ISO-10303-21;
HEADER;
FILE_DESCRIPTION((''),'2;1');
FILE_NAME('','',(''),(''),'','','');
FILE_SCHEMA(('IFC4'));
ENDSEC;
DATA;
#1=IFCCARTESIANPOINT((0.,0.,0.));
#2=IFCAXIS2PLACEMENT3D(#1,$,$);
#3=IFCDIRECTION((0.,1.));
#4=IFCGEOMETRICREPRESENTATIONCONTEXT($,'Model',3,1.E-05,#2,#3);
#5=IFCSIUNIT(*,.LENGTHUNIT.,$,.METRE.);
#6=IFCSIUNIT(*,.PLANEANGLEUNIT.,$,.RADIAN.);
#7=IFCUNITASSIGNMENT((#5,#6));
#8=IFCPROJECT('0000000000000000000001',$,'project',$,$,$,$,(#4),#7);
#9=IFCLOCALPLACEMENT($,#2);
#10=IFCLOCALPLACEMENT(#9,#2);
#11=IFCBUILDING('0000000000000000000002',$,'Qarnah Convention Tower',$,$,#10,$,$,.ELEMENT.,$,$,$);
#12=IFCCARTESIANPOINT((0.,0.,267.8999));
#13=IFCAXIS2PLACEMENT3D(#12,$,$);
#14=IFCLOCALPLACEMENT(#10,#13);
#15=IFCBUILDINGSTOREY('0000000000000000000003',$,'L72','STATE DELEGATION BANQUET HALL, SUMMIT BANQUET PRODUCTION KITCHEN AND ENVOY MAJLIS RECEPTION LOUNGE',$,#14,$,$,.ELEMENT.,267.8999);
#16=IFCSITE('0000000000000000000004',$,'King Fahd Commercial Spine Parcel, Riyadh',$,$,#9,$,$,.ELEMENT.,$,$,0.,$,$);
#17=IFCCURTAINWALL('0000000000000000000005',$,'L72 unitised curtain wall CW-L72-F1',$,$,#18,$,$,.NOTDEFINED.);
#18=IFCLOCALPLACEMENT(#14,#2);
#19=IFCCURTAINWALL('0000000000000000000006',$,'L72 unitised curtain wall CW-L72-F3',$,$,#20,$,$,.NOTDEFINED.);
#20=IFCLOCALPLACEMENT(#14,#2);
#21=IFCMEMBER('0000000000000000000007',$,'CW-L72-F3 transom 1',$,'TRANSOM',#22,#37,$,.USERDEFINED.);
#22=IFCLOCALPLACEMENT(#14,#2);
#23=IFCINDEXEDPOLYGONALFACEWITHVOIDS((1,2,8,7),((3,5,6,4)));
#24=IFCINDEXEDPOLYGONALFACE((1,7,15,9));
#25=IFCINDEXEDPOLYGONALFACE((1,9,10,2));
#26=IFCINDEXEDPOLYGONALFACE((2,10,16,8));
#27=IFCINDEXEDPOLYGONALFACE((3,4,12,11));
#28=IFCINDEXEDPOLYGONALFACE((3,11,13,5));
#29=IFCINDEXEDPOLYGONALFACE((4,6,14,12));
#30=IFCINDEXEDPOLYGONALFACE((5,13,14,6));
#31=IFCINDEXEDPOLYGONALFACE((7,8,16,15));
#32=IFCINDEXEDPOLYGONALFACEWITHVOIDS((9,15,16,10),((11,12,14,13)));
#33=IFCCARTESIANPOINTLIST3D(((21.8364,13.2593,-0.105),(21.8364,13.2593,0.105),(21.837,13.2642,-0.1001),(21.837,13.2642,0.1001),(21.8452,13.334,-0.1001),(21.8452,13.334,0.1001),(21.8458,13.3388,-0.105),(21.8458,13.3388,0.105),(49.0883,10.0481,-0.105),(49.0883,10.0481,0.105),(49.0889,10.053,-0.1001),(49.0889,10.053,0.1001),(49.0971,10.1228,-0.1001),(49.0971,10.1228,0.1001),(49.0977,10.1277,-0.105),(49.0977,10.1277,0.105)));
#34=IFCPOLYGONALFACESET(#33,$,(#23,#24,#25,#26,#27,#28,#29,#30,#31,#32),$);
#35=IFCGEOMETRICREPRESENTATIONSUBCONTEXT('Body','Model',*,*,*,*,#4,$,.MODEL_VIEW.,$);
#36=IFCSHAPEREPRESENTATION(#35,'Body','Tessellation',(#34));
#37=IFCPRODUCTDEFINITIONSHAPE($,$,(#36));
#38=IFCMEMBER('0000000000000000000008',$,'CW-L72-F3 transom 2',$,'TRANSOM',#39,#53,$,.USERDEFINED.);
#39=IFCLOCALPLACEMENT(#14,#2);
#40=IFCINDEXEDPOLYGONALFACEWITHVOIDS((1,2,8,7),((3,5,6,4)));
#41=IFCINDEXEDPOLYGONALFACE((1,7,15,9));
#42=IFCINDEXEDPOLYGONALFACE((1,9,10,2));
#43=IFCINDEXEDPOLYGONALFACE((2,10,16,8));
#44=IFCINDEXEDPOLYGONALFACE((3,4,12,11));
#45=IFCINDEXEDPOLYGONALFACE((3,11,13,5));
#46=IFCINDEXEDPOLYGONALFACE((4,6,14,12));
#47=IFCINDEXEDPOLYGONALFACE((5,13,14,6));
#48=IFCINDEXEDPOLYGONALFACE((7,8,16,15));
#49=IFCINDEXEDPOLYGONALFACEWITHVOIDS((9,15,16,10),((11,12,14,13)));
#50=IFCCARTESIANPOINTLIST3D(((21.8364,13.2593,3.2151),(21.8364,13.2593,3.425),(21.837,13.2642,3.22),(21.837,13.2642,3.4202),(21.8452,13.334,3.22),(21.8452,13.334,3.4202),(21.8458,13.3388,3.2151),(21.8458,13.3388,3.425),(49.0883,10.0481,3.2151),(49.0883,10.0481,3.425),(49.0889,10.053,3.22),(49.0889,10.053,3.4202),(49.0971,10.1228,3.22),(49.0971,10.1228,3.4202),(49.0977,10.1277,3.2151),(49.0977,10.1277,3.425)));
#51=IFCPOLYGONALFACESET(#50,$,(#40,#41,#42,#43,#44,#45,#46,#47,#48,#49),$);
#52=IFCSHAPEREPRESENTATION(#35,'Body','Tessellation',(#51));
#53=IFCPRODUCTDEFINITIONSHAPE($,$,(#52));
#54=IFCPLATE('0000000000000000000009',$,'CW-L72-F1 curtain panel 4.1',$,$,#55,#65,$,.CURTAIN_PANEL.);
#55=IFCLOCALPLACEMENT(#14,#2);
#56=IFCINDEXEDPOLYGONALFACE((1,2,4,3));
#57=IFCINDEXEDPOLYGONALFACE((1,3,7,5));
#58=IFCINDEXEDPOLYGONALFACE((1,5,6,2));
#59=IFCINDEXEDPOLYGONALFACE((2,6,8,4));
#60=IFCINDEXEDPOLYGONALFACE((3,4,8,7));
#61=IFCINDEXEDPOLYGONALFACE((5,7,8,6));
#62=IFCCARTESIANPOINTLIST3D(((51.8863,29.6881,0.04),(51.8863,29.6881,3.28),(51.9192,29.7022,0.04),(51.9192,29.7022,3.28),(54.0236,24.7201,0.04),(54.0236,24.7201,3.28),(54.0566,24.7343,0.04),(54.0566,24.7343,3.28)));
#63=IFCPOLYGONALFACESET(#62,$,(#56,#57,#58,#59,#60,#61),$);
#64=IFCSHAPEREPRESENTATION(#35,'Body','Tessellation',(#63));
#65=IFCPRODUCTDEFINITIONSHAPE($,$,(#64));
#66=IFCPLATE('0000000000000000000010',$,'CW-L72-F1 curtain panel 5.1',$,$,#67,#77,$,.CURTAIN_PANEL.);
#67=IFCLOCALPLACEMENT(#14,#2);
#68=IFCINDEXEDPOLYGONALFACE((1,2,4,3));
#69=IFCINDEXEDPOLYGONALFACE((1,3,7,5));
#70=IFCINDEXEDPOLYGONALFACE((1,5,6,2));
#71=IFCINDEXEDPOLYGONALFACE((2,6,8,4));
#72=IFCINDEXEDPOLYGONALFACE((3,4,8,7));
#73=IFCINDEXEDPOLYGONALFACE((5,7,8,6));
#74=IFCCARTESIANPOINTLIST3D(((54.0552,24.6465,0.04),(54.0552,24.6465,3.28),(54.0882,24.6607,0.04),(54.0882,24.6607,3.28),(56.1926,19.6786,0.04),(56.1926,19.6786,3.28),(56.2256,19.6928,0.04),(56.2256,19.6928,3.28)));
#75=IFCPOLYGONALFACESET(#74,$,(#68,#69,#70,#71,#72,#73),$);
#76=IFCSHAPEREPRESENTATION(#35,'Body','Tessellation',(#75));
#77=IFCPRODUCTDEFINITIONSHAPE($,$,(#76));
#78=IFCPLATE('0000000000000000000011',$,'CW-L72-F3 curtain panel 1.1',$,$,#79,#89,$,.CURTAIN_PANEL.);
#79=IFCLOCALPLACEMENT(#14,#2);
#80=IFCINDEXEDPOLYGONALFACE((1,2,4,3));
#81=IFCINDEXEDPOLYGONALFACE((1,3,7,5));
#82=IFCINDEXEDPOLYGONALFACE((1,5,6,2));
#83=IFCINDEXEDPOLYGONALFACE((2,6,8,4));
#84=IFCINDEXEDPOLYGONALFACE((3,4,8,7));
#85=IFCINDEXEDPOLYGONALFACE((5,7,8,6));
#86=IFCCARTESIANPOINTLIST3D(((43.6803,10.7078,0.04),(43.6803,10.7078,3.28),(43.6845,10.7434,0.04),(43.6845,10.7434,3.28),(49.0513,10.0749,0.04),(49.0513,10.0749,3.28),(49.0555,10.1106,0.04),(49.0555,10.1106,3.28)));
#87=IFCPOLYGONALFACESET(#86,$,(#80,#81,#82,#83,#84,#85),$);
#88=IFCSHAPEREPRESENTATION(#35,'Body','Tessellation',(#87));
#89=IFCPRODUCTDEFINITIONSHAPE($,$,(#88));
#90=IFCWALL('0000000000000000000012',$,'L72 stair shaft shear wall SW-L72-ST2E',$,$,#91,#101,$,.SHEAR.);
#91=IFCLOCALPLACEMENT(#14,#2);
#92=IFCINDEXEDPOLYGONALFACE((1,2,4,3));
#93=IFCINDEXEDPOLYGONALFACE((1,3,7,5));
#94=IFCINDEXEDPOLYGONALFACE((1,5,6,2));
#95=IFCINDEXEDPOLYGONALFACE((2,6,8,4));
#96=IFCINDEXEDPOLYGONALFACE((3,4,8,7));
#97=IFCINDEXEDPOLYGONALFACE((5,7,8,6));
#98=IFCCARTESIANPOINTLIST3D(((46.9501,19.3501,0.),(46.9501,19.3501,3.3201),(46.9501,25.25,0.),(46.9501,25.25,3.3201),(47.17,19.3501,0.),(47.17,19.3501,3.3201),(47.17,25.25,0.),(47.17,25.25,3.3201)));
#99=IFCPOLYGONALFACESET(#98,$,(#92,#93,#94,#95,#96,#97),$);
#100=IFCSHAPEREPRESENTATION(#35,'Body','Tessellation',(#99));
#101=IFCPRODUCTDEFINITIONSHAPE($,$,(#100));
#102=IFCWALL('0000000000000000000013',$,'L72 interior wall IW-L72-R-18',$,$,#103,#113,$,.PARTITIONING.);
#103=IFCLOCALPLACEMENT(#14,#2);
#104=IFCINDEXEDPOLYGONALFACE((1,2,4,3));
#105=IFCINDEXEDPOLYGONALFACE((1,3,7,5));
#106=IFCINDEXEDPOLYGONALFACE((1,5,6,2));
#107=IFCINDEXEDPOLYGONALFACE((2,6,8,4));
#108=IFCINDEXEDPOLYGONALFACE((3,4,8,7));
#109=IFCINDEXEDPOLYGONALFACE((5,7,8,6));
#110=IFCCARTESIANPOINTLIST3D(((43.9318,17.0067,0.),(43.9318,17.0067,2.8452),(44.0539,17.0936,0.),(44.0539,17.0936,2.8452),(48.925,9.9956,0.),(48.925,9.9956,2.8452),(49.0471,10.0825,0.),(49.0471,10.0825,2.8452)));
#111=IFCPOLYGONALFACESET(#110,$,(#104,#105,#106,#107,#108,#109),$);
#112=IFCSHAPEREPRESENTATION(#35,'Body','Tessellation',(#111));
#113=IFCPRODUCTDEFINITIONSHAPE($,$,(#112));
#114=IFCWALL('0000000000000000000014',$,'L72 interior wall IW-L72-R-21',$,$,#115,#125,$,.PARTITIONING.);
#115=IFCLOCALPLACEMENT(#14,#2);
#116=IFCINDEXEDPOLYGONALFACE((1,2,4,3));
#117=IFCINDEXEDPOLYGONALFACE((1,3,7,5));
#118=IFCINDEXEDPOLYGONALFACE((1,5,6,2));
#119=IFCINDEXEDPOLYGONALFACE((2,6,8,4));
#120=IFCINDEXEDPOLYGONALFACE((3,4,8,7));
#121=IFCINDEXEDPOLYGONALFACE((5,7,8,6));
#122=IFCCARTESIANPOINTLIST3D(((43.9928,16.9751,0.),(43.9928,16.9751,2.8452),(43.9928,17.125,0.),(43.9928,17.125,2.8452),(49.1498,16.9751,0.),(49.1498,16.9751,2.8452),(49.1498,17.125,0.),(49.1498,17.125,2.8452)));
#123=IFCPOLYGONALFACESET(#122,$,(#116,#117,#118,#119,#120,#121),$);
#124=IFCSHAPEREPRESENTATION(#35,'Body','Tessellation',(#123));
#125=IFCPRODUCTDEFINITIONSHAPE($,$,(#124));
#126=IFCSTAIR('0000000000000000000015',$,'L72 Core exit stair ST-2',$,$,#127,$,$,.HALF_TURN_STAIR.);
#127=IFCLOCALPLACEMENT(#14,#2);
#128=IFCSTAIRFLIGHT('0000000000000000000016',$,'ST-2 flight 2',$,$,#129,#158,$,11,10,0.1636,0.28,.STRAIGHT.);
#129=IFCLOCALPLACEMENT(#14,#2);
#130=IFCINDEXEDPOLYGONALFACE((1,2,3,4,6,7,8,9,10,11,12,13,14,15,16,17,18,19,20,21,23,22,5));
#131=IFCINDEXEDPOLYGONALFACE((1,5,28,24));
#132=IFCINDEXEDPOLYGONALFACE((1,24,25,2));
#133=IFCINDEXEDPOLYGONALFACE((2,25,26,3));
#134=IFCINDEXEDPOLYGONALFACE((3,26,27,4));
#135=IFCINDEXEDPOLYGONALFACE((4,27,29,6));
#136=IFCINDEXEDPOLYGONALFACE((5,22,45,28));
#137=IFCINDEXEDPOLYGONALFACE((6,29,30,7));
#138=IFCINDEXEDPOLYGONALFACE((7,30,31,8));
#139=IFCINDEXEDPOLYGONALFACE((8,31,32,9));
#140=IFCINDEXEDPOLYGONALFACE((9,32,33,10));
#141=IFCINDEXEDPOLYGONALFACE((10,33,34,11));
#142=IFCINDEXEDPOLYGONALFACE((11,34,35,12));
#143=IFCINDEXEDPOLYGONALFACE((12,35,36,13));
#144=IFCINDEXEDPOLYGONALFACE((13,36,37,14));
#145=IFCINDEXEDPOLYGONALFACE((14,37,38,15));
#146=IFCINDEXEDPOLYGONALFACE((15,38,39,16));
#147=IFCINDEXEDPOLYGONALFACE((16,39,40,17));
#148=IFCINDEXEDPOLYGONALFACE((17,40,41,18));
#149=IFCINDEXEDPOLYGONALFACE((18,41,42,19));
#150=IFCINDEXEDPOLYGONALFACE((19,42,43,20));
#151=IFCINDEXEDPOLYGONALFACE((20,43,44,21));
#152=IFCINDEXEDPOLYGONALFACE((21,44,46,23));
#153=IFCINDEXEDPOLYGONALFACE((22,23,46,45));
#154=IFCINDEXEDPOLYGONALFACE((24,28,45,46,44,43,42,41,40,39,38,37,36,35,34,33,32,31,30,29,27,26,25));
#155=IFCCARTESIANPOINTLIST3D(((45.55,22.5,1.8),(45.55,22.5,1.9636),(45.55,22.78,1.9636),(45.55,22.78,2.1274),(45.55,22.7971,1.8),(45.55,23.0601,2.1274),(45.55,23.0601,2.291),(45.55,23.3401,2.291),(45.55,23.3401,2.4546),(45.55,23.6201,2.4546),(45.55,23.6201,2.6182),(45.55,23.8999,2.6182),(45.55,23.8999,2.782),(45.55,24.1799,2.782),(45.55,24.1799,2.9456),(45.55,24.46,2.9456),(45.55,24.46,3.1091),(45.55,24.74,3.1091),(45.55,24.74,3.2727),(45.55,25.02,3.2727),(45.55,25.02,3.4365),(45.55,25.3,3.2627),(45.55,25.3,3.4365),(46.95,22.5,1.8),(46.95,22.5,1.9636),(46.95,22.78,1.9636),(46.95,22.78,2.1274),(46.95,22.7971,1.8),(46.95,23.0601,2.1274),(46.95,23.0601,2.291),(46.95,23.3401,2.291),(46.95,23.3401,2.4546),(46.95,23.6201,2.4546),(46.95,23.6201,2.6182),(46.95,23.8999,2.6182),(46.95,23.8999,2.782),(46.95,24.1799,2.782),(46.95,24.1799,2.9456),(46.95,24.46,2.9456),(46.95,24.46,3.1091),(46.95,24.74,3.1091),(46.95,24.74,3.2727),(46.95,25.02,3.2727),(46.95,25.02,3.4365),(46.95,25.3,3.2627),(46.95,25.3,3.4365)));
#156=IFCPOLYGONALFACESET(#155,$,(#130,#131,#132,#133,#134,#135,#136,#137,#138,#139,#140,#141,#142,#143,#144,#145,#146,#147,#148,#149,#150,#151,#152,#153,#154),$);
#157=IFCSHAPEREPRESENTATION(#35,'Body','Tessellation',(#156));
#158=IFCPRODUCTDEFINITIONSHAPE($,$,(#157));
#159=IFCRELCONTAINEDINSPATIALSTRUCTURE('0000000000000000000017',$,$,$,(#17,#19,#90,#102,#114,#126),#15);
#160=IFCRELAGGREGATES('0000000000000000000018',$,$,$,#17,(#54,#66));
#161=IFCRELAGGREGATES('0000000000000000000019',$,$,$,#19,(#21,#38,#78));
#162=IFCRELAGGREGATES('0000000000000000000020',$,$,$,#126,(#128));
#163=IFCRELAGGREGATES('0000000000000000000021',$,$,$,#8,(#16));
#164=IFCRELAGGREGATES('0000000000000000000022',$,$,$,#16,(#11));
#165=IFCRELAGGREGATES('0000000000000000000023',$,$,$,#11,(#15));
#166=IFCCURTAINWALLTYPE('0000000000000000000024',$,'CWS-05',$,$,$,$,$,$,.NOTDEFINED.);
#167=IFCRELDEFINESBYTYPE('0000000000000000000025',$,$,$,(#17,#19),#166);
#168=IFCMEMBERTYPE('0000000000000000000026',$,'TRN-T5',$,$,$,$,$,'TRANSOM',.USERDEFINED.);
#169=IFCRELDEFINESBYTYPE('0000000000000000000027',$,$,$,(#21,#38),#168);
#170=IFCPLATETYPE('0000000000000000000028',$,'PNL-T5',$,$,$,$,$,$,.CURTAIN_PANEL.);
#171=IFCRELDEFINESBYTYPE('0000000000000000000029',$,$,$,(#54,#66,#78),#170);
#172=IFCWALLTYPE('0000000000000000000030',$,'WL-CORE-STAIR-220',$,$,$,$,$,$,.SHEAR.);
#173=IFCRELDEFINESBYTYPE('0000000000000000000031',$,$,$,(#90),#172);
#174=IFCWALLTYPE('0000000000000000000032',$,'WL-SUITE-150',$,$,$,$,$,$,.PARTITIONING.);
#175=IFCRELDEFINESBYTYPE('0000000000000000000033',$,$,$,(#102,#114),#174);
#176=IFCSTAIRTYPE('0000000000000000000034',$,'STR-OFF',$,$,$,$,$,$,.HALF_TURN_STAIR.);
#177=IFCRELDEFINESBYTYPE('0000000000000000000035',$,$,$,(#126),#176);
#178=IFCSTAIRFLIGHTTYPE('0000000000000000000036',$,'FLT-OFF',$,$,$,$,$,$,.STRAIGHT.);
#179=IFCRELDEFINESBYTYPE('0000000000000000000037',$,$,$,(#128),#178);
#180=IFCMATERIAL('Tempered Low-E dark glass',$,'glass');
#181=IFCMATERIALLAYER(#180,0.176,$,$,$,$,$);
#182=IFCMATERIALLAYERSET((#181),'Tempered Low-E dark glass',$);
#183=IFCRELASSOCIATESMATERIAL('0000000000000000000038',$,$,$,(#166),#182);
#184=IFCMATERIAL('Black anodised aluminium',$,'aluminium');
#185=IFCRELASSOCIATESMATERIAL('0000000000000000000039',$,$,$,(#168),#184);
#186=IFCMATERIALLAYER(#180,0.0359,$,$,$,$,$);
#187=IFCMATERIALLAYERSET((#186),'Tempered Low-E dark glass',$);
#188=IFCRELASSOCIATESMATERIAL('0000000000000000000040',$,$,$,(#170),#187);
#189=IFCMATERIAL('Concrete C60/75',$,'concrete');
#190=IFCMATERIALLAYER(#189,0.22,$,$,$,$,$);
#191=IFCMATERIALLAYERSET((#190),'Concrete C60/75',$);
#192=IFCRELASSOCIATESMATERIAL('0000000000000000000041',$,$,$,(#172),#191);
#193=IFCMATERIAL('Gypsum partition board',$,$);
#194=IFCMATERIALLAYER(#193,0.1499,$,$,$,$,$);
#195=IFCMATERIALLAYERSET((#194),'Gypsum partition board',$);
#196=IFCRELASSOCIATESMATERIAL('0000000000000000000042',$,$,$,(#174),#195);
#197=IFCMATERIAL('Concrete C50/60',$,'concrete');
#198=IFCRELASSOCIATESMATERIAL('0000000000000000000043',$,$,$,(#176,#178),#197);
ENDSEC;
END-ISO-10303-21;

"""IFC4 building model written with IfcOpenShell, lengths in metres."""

from ifc_helpers import new_model, si_unit, direction, frame, frame_2d, origin, origin_2d, place, context, subcontext, project, spatial, polyline, rectangle, hollow_rectangle, outline, extrude, material, layer, layer_set, material_profile, profile_set, type_object, element, aggregate, save


model = new_model("IFC4")

# Units and contexts
model_context = context("Model", 3, precision=1e-05, world=origin(), true_north=direction((0.0, 1.0)))
body_context = subcontext(model_context, "Body", "Model", "MODEL_VIEW")
ifc_project = project(units=[si_unit("LENGTHUNIT", "METRE"), si_unit("PLANEANGLEUNIT", "RADIAN")], contexts=[model_context])

# Site, building, storey
site_placement = place(None, origin())
site = spatial("IfcSite", under=ifc_project, at=site_placement, Name="King Fahd Commercial Spine Parcel, Riyadh", CompositionType="ELEMENT", RefElevation=0.0)
building_placement = place(site_placement, origin())
building = spatial("IfcBuilding", under=site, at=building_placement, Name="Qarnah Convention Tower", CompositionType="ELEMENT")
storey_placement = place(building_placement, frame((0.0, 0.0, 267.8999)))
storey = spatial("IfcBuildingStorey", under=building, at=storey_placement, Name="L72", Description="STATE DELEGATION BANQUET HALL, SUMMIT BANQUET PRODUCTION KITCHEN AND ENVOY MAJLIS RECEPTION LOUNGE", CompositionType="ELEMENT", Elevation=267.8999)

# Shared definitions
ifc_material_1 = material(Name="Concrete C50/60", Category="concrete")

# Curtain walls, members
ifc_material_2 = material(Name="Tempered Low-E dark glass", Category="glass")
ifc_layer_1 = layer(ifc_material_2, 0.176)
ifc_layer_set_1 = layer_set([ifc_layer_1], Name="Tempered Low-E dark glass")
curtain_wall_type = type_object("IfcCurtainWallType", Name="CWS-05", PredefinedType="NOTDEFINED", material=ifc_layer_set_1)
curtain_wall_1_placement = place(storey_placement, origin())
curtain_wall_1 = element("IfcCurtainWall", 1, at=curtain_wall_1_placement, inside=storey, type_object=curtain_wall_type, Name="L72 unitised curtain wall CW-L72-F1", PredefinedType="NOTDEFINED")
ifc_material_3 = material(Name="Black anodised aluminium", Category="aluminium")
curtain_wall_2_placement = place(storey_placement, origin())
curtain_wall_2 = element("IfcCurtainWall", 2, at=curtain_wall_2_placement, inside=storey, type_object=curtain_wall_type, Name="L72 unitised curtain wall CW-L72-F3", PredefinedType="NOTDEFINED")
ifc_material_profile_1 = material_profile(ifc_material_3, hollow_rectangle(XDim=0.0801, YDim=0.21, WallThickness=0.0049, at=origin_2d()), Name="TRN-80X210")
ifc_profile_set_1 = profile_set([ifc_material_profile_1], Name="Black anodised aluminium")
member_type_1 = type_object("IfcMemberType", Name="TRN-T5", ElementType="TRANSOM", PredefinedType="USERDEFINED", material=ifc_profile_set_1)
member_1_placement = place(storey_placement, frame((49.093, 10.0879, 0.0), z_axis=(-0.993129, 0.117023, 0.0), x_axis=(-0.117023, -0.993129, 0.0)))
member_1 = element("IfcMember", 3, at=member_1_placement, type_object=member_type_1, Name="CW-L72-F3 transom 1", ObjectType="TRANSOM", PredefinedType="USERDEFINED", context=body_context, shape_type="SweptSolid", body=[
    extrude(hollow_rectangle(XDim=0.0801, YDim=0.21, WallThickness=0.0049, at=origin_2d()), origin(), (0.0, 0.0, 1.0), 27.4404),
])
member_2_placement = place(storey_placement, frame((49.093, 10.0879, 3.3201), z_axis=(-0.993129, 0.117023, 0.0), x_axis=(-0.117023, -0.993129, 0.0)))
member_2 = element("IfcMember", 4, at=member_2_placement, type_object=member_type_1, Name="CW-L72-F3 transom 2", ObjectType="TRANSOM", PredefinedType="USERDEFINED", context=body_context, shape_type="SweptSolid", body=[
    extrude(hollow_rectangle(XDim=0.0801, YDim=0.21, WallThickness=0.0049, at=origin_2d()), origin(), (0.0, 0.0, 1.0), 27.4404),
])

# Plates
ifc_layer_2 = layer(ifc_material_2, 0.0359)
ifc_layer_set_2 = layer_set([ifc_layer_2], Name="Tempered Low-E dark glass")
plate_type = type_object("IfcPlateType", Name="PNL-T5", PredefinedType="CURTAIN_PANEL", material=ifc_layer_set_2)
plate_1_placement = place(storey_placement, frame((52.9714, 27.2112, 0.04), z_axis=(0.0, 0.0, 1.0), x_axis=(0.395212, -0.91859, 0.0)))
plate_1 = element("IfcPlate", 5, at=plate_1_placement, type_object=plate_type, Name="CW-L72-F1 curtain panel 4.1", PredefinedType="CURTAIN_PANEL", context=body_context, shape_type="SweptSolid", body=[
    extrude(rectangle(XDim=5.4082, YDim=0.0359, at=origin_2d()), origin(), (0.0, 0.0, 1.0), 3.24),
])
plate_2_placement = place(storey_placement, frame((55.1404, 22.1697, 0.04), z_axis=(0.0, 0.0, 1.0), x_axis=(0.395212, -0.91859, 0.0)))
plate_2 = element("IfcPlate", 6, at=plate_2_placement, type_object=plate_type, Name="CW-L72-F1 curtain panel 5.1", PredefinedType="CURTAIN_PANEL", context=body_context, shape_type="SweptSolid", body=[
    extrude(rectangle(XDim=5.4082, YDim=0.0359, at=origin_2d()), origin(), (0.0, 0.0, 1.0), 3.24),
])
aggregate(curtain_wall_1, [plate_1, plate_2])
plate_3_placement = place(storey_placement, frame((46.3679, 10.4092, 0.04), z_axis=(0.0, 0.0, 1.0), x_axis=(-0.99313, 0.117017, 0.0)))
plate_3 = element("IfcPlate", 7, at=plate_3_placement, type_object=plate_type, Name="CW-L72-F3 curtain panel 1.1", PredefinedType="CURTAIN_PANEL", context=body_context, shape_type="SweptSolid", body=[
    extrude(rectangle(XDim=5.4082, YDim=0.0359, at=origin_2d()), origin(), (0.0, 0.0, 1.0), 3.24),
])
aggregate(curtain_wall_2, [member_1, member_2, plate_3])

# Shared definitions
ifc_material_4 = material(Name="Concrete C60/75", Category="concrete")

# Wall
ifc_layer_3 = layer(ifc_material_4, 0.22)
ifc_layer_set_3 = layer_set([ifc_layer_3], Name="Concrete C60/75")
wall_type_1 = type_object("IfcWallType", Name="WL-CORE-STAIR-220", PredefinedType="SHEAR", material=ifc_layer_set_3)
wall_1_placement = place(storey_placement, frame((47.0601, 19.3501, 0.0), z_axis=(0.0, 0.0, 1.0), x_axis=(0.0, 1.0, 0.0)))
element("IfcWall", 8, at=wall_1_placement, inside=storey, type_object=wall_type_1, Name="L72 stair shaft shear wall SW-L72-ST2E", PredefinedType="SHEAR", context=body_context, shape_type="SweptSolid", body=[
    extrude(rectangle(XDim=5.8999, YDim=0.22, at=frame_2d((2.95, 0.0))), origin(), (0.0, 0.0, 1.0), 3.3201),
])

# Walls
ifc_material_5 = material(Name="Gypsum partition board")
ifc_layer_4 = layer(ifc_material_5, 0.1499)
ifc_layer_set_4 = layer_set([ifc_layer_4], Name="Gypsum partition board")
wall_type_2 = type_object("IfcWallType", Name="WL-SUITE-150", PredefinedType="PARTITIONING", material=ifc_layer_set_4)
wall_2_placement = place(storey_placement, frame((48.9861, 10.0391, 0.0), z_axis=(0.0, 0.0, 1.0), x_axis=(-0.580108, 0.81454, 0.0)))
element("IfcWall", 9, at=wall_2_placement, inside=storey, type_object=wall_type_2, Name="L72 interior wall IW-L72-R-18", PredefinedType="PARTITIONING", context=body_context, shape_type="SweptSolid", body=[
    extrude(rectangle(XDim=8.6074, YDim=0.1499, at=frame_2d((4.3037, 0.0))), origin(), (0.0, 0.0, 1.0), 2.8452),
])
wall_3_placement = place(storey_placement, frame((49.1499, 17.05, 0.0), z_axis=(0.0, 0.0, 1.0), x_axis=(-1.0, 0.0, 0.0)))
element("IfcWall", 10, at=wall_3_placement, inside=storey, type_object=wall_type_2, Name="L72 interior wall IW-L72-R-21", PredefinedType="PARTITIONING", context=body_context, shape_type="SweptSolid", body=[
    extrude(rectangle(XDim=5.157, YDim=0.1499, at=frame_2d((2.5786, 0.0))), origin(), (0.0, 0.0, 1.0), 2.8452),
])

# Stair, stair flight
stair_type = type_object("IfcStairType", Name="STR-OFF", PredefinedType="HALF_TURN_STAIR", material=ifc_material_1)
stair_placement = place(storey_placement, origin())
stair = element("IfcStair", 11, at=stair_placement, inside=storey, type_object=stair_type, Name="L72 Core exit stair ST-2", PredefinedType="HALF_TURN_STAIR")
stair_flight_type = type_object("IfcStairFlightType", Name="FLT-OFF", PredefinedType="STRAIGHT", material=ifc_material_1)
stair_flight_placement = place(storey_placement, frame((46.25, 22.5, 1.8), z_axis=(0.0, 0.0, 1.0), x_axis=(0.0, 1.0, 0.0)))
stair_flight = element("IfcStairFlight", 12, at=stair_flight_placement, type_object=stair_flight_type, Name="ST-2 flight 2", NumberOfRisers=11, NumberOfTreads=10, PredefinedType="STRAIGHT", RiserHeight=0.1636, TreadLength=0.28, context=body_context, shape_type="SweptSolid", body=[
    extrude(outline(polyline([(0.0, 0.0), (0.0, 0.1636), (0.28, 0.1636), (0.28, 0.3274), (0.5601, 0.3274), (0.5601, 0.491), (0.8401, 0.491), (0.8401, 0.6545), (1.1201, 0.6545), (1.1201, 0.8181), (1.3999, 0.8181), (1.3999, 0.9819), (1.6799, 0.9819), (1.6799, 1.1455), (1.96, 1.1455), (1.96, 1.3091), (2.24, 1.3091), (2.24, 1.4727), (2.52, 1.4727), (2.52, 1.6365), (2.8, 1.6365), (2.8, 1.8), (2.8, 1.4626), (0.2971, 0.0), (0.0, 0.0)])), frame((0.0, 0.7, 0.0), z_axis=(0.0, -1.0, 0.0), x_axis=(1.0, 0.0, 0.0)), (0.0, 0.0, 1.0), 1.3999),
])
aggregate(stair, [stair_flight])

save(model, "model.ifc")
